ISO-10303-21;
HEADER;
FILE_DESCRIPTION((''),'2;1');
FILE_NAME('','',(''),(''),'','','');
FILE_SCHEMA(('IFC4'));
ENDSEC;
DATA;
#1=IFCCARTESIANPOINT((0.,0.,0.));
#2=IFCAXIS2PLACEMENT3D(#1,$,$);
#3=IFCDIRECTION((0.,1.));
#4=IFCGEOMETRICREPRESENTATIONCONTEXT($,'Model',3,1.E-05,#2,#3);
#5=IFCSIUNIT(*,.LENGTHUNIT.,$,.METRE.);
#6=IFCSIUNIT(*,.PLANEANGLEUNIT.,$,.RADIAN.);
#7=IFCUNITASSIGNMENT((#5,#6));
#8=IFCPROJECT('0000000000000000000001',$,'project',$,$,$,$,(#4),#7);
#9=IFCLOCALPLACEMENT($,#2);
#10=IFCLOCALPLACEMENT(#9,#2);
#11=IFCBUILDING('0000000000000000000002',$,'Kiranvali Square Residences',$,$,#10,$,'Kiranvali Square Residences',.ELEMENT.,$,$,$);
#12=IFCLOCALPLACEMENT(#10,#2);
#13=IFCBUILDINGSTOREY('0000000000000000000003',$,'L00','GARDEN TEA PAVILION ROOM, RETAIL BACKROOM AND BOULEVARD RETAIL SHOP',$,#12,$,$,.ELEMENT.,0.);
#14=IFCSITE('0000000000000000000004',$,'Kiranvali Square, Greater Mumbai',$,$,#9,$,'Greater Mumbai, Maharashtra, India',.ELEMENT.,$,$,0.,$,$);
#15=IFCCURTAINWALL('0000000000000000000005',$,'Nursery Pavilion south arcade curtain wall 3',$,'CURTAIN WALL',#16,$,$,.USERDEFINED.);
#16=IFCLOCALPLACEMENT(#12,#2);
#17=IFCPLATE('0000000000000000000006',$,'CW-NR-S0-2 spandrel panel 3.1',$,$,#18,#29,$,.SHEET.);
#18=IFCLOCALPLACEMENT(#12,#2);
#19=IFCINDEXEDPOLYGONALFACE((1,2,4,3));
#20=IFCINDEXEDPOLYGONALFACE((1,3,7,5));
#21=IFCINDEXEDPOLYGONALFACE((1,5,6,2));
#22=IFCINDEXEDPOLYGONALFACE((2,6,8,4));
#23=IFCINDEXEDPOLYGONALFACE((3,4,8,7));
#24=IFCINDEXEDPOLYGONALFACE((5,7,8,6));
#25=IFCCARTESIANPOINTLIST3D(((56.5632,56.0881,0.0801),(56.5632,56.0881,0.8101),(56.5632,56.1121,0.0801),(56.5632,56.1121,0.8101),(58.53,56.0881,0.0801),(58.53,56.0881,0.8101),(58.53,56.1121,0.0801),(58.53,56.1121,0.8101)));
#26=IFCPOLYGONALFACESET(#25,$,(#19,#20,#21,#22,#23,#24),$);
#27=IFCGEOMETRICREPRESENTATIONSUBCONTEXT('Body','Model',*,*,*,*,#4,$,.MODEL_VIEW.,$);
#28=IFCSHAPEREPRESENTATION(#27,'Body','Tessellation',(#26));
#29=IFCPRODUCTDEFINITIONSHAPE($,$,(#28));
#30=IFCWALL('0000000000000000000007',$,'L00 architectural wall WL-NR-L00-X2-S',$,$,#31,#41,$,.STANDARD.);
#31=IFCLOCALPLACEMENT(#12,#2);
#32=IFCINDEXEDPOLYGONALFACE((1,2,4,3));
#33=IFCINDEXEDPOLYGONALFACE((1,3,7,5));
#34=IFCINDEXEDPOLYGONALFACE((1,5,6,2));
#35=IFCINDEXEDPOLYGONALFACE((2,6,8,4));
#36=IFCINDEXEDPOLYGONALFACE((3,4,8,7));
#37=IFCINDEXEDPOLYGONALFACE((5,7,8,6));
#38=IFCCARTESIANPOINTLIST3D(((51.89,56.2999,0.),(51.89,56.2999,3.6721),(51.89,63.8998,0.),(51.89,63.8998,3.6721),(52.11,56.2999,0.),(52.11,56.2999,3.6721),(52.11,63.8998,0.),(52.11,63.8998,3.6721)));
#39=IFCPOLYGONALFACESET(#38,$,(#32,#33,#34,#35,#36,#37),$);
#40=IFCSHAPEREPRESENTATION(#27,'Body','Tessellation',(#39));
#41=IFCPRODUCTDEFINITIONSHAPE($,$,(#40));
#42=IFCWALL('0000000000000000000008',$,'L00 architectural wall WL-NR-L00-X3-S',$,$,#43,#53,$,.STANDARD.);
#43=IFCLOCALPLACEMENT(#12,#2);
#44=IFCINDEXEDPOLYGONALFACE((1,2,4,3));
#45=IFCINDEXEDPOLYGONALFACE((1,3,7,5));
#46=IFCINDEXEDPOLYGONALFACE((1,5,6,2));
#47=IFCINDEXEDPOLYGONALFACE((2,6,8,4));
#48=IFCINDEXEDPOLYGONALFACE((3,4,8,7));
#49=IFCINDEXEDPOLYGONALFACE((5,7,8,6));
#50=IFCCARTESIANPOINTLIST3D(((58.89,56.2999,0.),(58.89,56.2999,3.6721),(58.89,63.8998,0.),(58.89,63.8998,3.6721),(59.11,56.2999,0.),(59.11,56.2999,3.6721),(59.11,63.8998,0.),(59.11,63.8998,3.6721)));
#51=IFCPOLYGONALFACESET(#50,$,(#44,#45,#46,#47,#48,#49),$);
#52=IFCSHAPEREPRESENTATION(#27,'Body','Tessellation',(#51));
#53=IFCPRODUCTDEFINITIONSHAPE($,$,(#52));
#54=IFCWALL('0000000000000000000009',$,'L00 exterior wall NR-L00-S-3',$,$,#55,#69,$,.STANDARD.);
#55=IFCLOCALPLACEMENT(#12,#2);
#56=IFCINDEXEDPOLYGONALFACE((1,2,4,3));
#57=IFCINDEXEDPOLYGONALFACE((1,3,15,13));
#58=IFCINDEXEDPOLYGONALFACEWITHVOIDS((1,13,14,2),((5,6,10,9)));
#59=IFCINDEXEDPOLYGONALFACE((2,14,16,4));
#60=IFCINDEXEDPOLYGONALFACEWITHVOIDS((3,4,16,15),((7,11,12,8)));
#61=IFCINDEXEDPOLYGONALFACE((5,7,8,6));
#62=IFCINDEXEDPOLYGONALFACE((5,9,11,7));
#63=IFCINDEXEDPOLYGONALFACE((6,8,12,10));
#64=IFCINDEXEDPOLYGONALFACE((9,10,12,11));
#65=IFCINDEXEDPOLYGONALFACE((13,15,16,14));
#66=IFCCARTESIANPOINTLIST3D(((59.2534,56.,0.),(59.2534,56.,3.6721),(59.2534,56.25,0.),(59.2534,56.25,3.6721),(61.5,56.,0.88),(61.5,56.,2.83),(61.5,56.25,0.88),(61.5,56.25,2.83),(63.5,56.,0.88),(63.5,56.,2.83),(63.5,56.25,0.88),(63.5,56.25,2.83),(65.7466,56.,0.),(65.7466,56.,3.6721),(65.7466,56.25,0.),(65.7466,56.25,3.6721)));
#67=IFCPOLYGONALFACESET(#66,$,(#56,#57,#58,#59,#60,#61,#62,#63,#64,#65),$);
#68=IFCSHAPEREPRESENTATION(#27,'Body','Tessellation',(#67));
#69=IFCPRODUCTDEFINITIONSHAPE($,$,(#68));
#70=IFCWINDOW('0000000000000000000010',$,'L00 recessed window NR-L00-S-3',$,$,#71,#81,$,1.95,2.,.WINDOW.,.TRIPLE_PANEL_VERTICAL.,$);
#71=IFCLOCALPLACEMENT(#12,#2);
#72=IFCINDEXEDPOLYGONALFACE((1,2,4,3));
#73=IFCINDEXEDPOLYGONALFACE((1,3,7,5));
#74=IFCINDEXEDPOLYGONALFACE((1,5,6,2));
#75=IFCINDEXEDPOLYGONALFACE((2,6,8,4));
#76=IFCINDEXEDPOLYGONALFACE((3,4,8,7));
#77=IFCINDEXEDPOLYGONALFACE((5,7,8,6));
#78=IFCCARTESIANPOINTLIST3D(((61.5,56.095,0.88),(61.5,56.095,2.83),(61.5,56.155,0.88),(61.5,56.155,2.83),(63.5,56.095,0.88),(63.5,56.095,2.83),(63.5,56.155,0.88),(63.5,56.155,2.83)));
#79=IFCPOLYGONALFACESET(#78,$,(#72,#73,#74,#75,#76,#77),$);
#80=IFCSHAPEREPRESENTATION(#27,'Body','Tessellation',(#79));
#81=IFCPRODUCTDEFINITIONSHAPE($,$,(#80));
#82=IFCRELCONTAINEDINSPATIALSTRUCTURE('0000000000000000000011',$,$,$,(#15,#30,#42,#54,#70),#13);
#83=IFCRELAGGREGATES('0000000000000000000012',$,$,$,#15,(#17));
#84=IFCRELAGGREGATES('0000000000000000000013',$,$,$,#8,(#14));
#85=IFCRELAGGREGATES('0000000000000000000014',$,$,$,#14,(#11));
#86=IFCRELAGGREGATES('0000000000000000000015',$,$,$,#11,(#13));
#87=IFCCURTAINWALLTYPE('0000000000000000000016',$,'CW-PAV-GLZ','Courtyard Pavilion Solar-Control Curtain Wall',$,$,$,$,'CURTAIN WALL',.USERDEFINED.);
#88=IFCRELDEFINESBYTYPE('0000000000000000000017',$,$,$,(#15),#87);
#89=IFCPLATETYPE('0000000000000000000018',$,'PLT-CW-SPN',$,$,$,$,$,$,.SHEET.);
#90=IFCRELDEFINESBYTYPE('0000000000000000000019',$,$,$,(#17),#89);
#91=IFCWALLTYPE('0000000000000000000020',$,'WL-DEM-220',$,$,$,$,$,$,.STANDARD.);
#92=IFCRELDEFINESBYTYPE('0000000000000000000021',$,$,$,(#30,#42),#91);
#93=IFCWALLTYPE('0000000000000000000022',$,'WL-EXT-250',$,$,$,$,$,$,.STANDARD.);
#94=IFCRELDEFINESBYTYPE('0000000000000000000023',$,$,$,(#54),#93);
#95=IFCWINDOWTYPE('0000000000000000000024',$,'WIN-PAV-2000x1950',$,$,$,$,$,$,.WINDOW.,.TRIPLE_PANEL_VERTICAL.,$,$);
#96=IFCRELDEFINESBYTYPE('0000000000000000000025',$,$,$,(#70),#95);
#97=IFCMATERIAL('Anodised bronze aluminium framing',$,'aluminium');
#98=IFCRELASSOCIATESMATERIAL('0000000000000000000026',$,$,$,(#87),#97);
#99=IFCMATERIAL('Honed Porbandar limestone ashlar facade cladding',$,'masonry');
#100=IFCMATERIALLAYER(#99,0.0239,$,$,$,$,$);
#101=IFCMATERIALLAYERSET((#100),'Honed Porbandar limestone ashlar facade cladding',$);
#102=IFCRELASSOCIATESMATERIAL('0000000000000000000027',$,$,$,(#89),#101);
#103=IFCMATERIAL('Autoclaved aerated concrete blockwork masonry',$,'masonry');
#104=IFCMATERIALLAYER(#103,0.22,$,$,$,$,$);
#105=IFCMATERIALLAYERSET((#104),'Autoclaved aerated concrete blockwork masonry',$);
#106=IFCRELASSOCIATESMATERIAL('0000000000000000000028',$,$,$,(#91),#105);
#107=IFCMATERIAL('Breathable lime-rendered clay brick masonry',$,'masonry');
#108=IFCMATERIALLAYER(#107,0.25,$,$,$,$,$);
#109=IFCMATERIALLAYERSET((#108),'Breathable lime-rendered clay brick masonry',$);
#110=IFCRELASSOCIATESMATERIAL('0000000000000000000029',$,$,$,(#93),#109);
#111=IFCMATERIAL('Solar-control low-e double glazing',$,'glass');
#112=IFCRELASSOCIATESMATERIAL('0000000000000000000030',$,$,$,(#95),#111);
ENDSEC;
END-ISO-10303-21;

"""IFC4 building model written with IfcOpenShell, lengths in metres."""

from ifc_helpers import new_model, si_unit, direction, frame, frame_2d, origin, origin_2d, place, context, subcontext, project, spatial, rectangle, extrude, material, layer, layer_set, type_object, element, fill, aggregate, save


model = new_model("IFC4")

# Units and contexts
model_context = context("Model", 3, precision=1e-05, world=origin(), true_north=direction((0.0, 1.0)))
body_context = subcontext(model_context, "Body", "Model", "MODEL_VIEW")
ifc_project = project(units=[si_unit("LENGTHUNIT", "METRE"), si_unit("PLANEANGLEUNIT", "RADIAN")], contexts=[model_context])

# Site, building, storey
site_placement = place(None, origin())
site = spatial("IfcSite", under=ifc_project, at=site_placement, Name="Kiranvali Square, Greater Mumbai", LongName="Greater Mumbai, Maharashtra, India", CompositionType="ELEMENT", RefElevation=0.0)
building_placement = place(site_placement, origin())
building = spatial("IfcBuilding", under=site, at=building_placement, Name="Kiranvali Square Residences", LongName="Kiranvali Square Residences", CompositionType="ELEMENT")
storey_placement = place(building_placement, origin())
storey = spatial("IfcBuildingStorey", under=building, at=storey_placement, Name="L00", Description="GARDEN TEA PAVILION ROOM, RETAIL BACKROOM AND BOULEVARD RETAIL SHOP", CompositionType="ELEMENT", Elevation=0.0)

# Curtain wall
ifc_material_1 = material(Name="Anodised bronze aluminium framing", Category="aluminium")
curtain_wall_type = type_object("IfcCurtainWallType", Name="CW-PAV-GLZ", Description="Courtyard Pavilion Solar-Control Curtain Wall", ElementType="CURTAIN WALL", PredefinedType="USERDEFINED", material=ifc_material_1)
curtain_wall_1_placement = place(storey_placement, origin())
curtain_wall_1 = element("IfcCurtainWall", 1, at=curtain_wall_1_placement, inside=storey, type_object=curtain_wall_type, Name="Nursery Pavilion south arcade curtain wall 3", ObjectType="CURTAIN WALL", PredefinedType="USERDEFINED")

# Plate
ifc_material_2 = material(Name="Solar-control low-e double glazing", Category="glass")
ifc_material_3 = material(Name="Honed Porbandar limestone ashlar facade cladding", Category="masonry")
ifc_layer_1 = layer(ifc_material_3, 0.0239)
ifc_layer_set_1 = layer_set([ifc_layer_1], Name="Honed Porbandar limestone ashlar facade cladding")
plate_type_1 = type_object("IfcPlateType", Name="PLT-CW-SPN", PredefinedType="SHEET", material=ifc_layer_set_1)
plate_1_placement = place(storey_placement, frame((57.5466, 56.1001, 0.0801), z_axis=(0.0, 0.0, 1.0), x_axis=(1.0, 0.0, 0.0)))
plate_1 = element("IfcPlate", 2, at=plate_1_placement, type_object=plate_type_1, Name="CW-NR-S0-2 spandrel panel 3.1", PredefinedType="SHEET", context=body_context, shape_type="SweptSolid", body=[
    extrude(rectangle(XDim=1.9668, YDim=0.0239, at=origin_2d()), origin(), (0.0, 0.0, 1.0), 0.73),
])
aggregate(curtain_wall_1, [plate_1])

# Walls
ifc_material_4 = material(Name="Autoclaved aerated concrete blockwork masonry", Category="masonry")
ifc_layer_2 = layer(ifc_material_4, 0.22)
ifc_layer_set_2 = layer_set([ifc_layer_2], Name="Autoclaved aerated concrete blockwork masonry")
wall_type_1 = type_object("IfcWallType", Name="WL-DEM-220", PredefinedType="STANDARD", material=ifc_layer_set_2)
for number, where, z_axis, x_axis, name in (
    (3, (52.0, 56.3, 0.0), (0.0, 0.0, 1.0), (0.0, 1.0, 0.0), "L00 architectural wall WL-NR-L00-X2-S"),
    (4, (59.0, 56.3, 0.0), (0.0, 0.0, 1.0), (0.0, 1.0, 0.0), "L00 architectural wall WL-NR-L00-X3-S"),
):
    element("IfcWall", number, at=place(storey_placement, frame(where, z_axis=z_axis, x_axis=x_axis)), inside=storey, type_object=wall_type_1, Name=name, PredefinedType="STANDARD", context=body_context, shape_type="SweptSolid", body=[
        extrude(rectangle(XDim=7.5999, YDim=0.22, at=frame_2d((3.7998, 0.0))), origin(), (0.0, 0.0, 1.0), 3.6721),
    ])

# Wall, opening, window
ifc_material_5 = material(Name="Breathable lime-rendered clay brick masonry", Category="masonry")
ifc_layer_3 = layer(ifc_material_5, 0.25)
ifc_layer_set_3 = layer_set([ifc_layer_3], Name="Breathable lime-rendered clay brick masonry")
wall_type_2 = type_object("IfcWallType", Name="WL-EXT-250", PredefinedType="STANDARD", material=ifc_layer_set_3)
wall_placement = place(storey_placement, frame((59.2534, 56.125, 0.0), z_axis=(0.0, 0.0, 1.0), x_axis=(1.0, 0.0, 0.0)))
wall = element("IfcWall", 5, at=wall_placement, inside=storey, type_object=wall_type_2, Name="L00 exterior wall NR-L00-S-3", PredefinedType="STANDARD", context=body_context, shape_type="SweptSolid", body=[
    extrude(rectangle(XDim=6.4932, YDim=0.25, at=frame_2d((3.2466, 0.0))), origin(), (0.0, 0.0, 1.0), 3.6721),
])
opening_placement = place(wall_placement, frame((2.2466, 0.0, 0.8799)))
opening = element("IfcOpeningElement", 6, at=opening_placement, cuts=wall, PredefinedType="OPENING", context=body_context, shape_type="SweptSolid", body=[
    extrude(rectangle(XDim=2.0, YDim=1.95, at=frame_2d((1.0, 0.9751))), frame((0.0, 0.135, 0.0), z_axis=(0.0, -1.0, 0.0), x_axis=(1.0, 0.0, 0.0)), (0.0, 0.0, 1.0), 0.27),
])
window_type = type_object("IfcWindowType", Name="WIN-PAV-2000x1950", PartitioningType="TRIPLE_PANEL_VERTICAL", PredefinedType="WINDOW", material=ifc_material_2)
window_placement = place(opening_placement, origin())
window = element("IfcWindow", 7, at=window_placement, inside=storey, type_object=window_type, Name="L00 recessed window NR-L00-S-3", OverallHeight=1.95, OverallWidth=2.0, PartitioningType="TRIPLE_PANEL_VERTICAL", PredefinedType="WINDOW", context=body_context, shape_type="SweptSolid", body=[
    extrude(rectangle(XDim=2.0, YDim=1.95, at=frame_2d((1.0, 0.9751))), frame((0.0, 0.03, 0.0), z_axis=(0.0, -1.0, 0.0), x_axis=(1.0, 0.0, 0.0)), (0.0, 0.0, 1.0), 0.0601),
])
fill(opening, window)

save(model, "model.ifc")
